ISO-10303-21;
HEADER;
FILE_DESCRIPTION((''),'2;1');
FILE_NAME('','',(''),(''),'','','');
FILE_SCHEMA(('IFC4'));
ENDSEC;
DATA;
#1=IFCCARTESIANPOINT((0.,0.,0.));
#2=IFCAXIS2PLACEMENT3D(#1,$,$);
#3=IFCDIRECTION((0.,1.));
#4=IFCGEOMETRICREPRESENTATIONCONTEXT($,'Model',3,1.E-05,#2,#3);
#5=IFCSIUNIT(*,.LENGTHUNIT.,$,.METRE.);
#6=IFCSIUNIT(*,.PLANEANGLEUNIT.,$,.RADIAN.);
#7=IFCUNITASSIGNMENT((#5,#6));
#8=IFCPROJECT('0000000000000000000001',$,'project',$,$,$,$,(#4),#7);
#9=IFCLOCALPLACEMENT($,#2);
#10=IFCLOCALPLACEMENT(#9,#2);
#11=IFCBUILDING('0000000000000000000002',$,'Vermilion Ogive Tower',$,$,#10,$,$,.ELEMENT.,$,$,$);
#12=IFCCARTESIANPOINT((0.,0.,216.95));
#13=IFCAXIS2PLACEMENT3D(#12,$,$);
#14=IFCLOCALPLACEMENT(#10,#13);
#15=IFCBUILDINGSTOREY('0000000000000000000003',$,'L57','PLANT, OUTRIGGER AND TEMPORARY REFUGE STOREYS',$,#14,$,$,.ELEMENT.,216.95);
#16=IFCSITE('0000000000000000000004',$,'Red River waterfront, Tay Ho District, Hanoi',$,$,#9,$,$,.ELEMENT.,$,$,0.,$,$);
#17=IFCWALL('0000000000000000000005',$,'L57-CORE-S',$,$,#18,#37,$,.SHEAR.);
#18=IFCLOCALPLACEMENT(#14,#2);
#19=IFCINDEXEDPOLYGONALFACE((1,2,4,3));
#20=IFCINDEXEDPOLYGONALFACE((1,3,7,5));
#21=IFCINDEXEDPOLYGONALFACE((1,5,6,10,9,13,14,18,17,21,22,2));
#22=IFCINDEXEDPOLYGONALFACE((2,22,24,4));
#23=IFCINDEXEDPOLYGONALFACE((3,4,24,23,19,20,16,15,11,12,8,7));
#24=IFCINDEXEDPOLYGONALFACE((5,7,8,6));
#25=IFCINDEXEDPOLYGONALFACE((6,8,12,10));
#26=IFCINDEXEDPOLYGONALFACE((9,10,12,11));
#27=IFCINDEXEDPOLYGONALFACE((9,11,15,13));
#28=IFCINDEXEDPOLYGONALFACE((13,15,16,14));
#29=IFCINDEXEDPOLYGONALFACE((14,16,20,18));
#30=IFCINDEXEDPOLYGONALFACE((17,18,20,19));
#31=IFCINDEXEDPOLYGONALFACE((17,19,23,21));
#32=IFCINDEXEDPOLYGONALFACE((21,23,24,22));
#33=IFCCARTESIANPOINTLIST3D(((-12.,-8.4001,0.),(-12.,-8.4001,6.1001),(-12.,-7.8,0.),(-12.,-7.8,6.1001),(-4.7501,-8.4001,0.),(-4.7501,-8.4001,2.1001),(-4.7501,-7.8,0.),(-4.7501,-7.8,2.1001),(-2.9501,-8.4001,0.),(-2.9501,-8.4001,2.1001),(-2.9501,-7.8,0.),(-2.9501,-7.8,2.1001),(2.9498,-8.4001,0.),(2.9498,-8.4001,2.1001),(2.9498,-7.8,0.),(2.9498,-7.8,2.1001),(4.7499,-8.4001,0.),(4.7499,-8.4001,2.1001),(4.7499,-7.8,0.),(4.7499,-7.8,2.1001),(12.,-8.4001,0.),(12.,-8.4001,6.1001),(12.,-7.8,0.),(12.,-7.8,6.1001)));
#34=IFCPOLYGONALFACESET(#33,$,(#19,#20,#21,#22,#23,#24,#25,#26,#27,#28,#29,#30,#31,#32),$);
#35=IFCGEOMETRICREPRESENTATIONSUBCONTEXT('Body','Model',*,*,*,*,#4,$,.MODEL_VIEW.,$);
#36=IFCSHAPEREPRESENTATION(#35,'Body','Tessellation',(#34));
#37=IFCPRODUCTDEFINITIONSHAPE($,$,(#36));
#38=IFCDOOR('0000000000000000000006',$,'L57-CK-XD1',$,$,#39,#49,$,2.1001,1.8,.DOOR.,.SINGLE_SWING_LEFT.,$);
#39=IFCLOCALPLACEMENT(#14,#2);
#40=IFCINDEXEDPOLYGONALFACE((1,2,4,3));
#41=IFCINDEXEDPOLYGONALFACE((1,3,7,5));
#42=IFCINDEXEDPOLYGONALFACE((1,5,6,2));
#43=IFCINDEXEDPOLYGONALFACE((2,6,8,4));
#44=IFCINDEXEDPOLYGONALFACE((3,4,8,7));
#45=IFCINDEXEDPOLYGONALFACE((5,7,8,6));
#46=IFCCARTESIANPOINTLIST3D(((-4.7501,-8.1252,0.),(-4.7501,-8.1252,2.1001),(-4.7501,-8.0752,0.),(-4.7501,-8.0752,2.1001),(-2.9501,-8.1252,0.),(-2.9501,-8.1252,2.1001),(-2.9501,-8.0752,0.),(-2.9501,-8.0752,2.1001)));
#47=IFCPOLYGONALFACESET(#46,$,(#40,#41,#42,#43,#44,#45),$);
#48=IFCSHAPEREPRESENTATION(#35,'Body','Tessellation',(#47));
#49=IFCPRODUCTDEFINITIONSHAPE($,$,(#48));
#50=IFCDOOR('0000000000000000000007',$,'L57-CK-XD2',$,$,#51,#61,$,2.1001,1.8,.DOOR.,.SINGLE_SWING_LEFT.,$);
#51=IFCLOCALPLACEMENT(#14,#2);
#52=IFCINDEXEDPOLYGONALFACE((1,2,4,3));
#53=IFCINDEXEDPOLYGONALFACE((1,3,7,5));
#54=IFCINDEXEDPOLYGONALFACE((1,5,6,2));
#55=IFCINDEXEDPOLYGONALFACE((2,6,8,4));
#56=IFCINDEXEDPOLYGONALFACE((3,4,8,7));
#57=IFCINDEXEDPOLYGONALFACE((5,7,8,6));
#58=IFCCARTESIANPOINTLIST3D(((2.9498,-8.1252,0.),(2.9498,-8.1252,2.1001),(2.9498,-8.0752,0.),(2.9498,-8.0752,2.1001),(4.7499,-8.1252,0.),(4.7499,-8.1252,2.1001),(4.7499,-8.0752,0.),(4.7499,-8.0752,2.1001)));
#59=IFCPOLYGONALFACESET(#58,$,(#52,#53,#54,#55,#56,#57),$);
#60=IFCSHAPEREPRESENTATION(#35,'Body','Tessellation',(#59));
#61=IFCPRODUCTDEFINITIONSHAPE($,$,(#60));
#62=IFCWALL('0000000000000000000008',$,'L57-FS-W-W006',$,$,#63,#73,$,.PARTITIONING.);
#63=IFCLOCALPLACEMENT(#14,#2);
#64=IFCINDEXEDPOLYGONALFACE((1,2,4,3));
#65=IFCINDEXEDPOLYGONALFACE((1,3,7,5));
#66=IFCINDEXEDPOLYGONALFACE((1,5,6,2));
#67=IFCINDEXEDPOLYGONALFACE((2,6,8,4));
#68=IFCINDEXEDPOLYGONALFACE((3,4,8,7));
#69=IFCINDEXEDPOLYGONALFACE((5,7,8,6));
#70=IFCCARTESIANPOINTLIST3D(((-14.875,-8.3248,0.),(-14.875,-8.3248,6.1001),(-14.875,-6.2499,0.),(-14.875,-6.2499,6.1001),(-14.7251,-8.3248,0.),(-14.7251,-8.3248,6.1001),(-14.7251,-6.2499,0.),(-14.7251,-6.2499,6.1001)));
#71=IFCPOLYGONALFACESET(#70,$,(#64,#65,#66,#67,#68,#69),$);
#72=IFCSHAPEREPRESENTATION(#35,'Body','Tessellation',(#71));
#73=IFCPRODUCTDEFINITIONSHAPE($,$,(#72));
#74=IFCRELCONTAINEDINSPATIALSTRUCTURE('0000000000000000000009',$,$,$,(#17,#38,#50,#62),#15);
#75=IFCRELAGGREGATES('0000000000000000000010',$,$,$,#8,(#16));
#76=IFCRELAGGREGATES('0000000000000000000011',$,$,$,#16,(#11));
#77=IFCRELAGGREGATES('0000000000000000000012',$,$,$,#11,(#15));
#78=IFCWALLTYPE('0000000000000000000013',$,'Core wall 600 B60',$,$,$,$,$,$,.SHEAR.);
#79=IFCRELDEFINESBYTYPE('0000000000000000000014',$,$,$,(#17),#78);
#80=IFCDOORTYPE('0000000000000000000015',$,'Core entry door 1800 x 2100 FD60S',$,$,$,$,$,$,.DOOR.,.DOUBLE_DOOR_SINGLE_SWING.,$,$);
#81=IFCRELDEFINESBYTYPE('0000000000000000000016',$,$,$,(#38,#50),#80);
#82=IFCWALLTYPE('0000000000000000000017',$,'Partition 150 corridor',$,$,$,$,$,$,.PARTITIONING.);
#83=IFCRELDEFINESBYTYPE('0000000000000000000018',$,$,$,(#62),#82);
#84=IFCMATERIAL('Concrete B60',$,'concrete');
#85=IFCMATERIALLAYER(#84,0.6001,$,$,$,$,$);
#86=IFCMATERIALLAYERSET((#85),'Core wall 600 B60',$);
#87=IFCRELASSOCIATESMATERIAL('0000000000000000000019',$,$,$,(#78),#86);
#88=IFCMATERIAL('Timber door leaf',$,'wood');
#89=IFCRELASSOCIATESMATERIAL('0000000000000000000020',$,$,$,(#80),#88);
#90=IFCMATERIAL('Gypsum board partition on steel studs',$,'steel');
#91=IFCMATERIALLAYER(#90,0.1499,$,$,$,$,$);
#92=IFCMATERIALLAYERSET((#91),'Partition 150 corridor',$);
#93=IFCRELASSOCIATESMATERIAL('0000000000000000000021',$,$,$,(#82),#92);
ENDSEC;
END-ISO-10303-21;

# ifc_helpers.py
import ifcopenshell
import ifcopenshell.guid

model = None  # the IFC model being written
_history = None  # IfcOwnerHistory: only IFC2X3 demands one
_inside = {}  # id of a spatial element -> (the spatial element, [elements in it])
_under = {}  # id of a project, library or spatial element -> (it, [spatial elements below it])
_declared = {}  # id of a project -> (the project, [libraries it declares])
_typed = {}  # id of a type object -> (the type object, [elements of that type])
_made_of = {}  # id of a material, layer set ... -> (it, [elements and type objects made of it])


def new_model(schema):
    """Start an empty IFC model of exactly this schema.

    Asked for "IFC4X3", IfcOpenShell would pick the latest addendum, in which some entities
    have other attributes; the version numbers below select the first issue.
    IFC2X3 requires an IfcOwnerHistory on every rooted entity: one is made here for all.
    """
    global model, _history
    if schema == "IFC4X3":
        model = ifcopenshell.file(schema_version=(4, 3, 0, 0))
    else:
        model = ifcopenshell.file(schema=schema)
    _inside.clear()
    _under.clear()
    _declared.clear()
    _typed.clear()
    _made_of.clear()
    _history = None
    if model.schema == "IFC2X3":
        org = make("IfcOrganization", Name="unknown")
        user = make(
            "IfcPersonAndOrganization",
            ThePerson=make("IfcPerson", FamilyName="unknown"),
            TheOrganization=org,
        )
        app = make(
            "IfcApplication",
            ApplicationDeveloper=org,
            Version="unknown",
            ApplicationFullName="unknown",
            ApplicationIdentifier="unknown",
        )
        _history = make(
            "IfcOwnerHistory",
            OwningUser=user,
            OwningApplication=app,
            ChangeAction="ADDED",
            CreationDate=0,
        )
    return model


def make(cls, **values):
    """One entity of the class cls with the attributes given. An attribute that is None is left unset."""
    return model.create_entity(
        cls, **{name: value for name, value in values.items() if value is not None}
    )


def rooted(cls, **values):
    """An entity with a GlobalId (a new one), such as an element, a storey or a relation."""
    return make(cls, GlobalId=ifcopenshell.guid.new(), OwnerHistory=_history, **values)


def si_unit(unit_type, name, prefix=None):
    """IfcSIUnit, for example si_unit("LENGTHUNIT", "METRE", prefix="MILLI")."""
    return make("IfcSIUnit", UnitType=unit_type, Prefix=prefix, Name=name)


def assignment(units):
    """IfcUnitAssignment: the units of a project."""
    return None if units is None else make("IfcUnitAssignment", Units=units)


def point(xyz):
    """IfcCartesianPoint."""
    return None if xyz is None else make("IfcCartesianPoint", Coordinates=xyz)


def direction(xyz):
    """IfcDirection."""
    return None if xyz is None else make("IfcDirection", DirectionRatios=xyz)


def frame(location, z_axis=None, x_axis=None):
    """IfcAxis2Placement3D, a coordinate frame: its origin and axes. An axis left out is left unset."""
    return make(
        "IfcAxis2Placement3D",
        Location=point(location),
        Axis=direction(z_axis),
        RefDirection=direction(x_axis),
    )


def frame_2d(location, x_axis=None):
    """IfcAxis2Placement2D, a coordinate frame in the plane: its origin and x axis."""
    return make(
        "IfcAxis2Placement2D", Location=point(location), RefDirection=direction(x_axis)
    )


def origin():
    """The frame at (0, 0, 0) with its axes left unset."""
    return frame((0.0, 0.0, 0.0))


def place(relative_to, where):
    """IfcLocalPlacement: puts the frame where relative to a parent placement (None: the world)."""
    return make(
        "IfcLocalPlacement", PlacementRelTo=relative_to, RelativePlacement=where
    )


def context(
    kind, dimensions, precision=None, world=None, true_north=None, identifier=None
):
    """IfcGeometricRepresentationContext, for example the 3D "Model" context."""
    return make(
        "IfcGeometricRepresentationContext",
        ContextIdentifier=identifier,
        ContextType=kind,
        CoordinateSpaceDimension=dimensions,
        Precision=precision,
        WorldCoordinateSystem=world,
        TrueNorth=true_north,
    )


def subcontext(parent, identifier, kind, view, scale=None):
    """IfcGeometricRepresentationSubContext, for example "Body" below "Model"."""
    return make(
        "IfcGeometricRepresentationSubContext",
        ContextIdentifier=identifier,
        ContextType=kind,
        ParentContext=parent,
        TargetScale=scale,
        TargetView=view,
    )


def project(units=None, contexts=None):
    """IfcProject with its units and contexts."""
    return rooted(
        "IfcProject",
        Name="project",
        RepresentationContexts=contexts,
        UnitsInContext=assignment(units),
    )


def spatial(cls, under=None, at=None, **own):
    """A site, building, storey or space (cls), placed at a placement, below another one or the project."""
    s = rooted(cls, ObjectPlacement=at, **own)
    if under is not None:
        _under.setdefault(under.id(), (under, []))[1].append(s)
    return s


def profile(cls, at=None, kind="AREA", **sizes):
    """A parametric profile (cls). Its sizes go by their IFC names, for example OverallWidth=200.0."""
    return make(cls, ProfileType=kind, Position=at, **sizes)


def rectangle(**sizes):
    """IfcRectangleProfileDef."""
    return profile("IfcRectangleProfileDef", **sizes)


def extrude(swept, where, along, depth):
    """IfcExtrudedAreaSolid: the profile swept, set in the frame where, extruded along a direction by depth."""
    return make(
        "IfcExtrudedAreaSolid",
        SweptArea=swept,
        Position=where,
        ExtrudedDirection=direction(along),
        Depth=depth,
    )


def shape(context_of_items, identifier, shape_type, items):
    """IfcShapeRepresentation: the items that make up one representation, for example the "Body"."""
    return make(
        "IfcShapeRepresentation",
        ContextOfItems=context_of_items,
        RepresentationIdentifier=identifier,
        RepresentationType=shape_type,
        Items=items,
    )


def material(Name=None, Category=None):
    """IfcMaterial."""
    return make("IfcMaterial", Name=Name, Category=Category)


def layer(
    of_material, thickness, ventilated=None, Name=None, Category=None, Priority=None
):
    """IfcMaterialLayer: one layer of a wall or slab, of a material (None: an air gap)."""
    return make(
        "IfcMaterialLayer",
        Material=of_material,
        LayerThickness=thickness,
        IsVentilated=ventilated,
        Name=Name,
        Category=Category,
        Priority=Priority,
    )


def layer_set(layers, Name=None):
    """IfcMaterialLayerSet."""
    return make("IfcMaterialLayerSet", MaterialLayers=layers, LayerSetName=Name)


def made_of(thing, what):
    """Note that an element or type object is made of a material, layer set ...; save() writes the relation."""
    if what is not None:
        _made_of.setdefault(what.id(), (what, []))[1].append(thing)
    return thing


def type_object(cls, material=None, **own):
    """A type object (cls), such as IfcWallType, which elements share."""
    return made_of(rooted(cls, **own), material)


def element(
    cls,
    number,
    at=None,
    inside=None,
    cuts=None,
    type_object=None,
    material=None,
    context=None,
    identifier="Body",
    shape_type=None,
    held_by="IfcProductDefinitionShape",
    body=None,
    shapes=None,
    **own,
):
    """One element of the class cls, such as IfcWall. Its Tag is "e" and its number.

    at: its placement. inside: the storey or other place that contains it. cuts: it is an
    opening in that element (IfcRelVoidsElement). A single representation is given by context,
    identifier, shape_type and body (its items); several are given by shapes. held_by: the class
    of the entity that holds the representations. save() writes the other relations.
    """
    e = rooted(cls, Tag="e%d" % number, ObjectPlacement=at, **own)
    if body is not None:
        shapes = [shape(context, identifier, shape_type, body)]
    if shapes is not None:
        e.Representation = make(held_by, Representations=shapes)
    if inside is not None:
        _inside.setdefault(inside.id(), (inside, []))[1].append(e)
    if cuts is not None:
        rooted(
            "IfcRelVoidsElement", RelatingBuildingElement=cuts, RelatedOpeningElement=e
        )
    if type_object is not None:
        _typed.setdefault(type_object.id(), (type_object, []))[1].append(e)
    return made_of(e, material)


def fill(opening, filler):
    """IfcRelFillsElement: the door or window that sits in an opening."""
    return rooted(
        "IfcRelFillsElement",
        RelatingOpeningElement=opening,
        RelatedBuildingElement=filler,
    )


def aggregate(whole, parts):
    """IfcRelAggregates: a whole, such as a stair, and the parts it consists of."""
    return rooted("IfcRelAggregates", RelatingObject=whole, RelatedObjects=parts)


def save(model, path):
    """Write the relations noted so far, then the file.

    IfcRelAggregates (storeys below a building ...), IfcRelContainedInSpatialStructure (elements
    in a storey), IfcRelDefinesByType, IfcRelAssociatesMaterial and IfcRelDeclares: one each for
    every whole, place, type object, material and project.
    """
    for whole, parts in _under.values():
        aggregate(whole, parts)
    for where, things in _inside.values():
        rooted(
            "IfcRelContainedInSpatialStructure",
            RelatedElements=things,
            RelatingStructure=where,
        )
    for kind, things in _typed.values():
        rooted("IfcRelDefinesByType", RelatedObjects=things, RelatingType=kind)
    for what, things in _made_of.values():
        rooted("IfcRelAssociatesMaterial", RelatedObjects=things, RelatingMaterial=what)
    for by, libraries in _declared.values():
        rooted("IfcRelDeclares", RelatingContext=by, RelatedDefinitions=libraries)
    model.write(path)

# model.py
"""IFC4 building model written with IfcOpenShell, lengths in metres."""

from ifc_helpers import new_model, si_unit, direction, frame, frame_2d, origin, place, context, subcontext, project, spatial, rectangle, extrude, material, layer, layer_set, type_object, element, fill, save


model = new_model("IFC4")

# Units and contexts
model_context = context("Model", 3, precision=1e-05, world=origin(), true_north=direction((0.0, 1.0)))
body_context = subcontext(model_context, "Body", "Model", "MODEL_VIEW")
ifc_project = project(units=[si_unit("LENGTHUNIT", "METRE"), si_unit("PLANEANGLEUNIT", "RADIAN")], contexts=[model_context])

# Site, building, storey
site_placement = place(None, origin())
site = spatial("IfcSite", under=ifc_project, at=site_placement, Name="Red River waterfront, Tay Ho District, Hanoi", CompositionType="ELEMENT", RefElevation=0.0)
building_placement = place(site_placement, origin())
building = spatial("IfcBuilding", under=site, at=building_placement, Name="Vermilion Ogive Tower", CompositionType="ELEMENT")
storey_placement = place(building_placement, frame((0.0, 0.0, 216.95)))
storey = spatial("IfcBuildingStorey", under=building, at=storey_placement, Name="L57", Description="PLANT, OUTRIGGER AND TEMPORARY REFUGE STOREYS", CompositionType="ELEMENT", Elevation=216.95)

# Wall, openings, doors
ifc_material_1 = material(Name="Concrete B60", Category="concrete")
ifc_layer_1 = layer(ifc_material_1, 0.6001)
ifc_layer_set_1 = layer_set([ifc_layer_1], Name="Core wall 600 B60")
wall_type_1 = type_object("IfcWallType", Name="Core wall 600 B60", PredefinedType="SHEAR", material=ifc_layer_set_1)
wall_1_placement = place(storey_placement, frame((-12.0, -8.1001, 0.0), z_axis=(0.0, 0.0, 1.0), x_axis=(1.0, 0.0, 0.0)))
wall_1 = element("IfcWall", 1, at=wall_1_placement, inside=storey, type_object=wall_type_1, Name="L57-CORE-S", PredefinedType="SHEAR", context=body_context, shape_type="SweptSolid", body=[
    extrude(rectangle(XDim=24.0, YDim=0.6001, at=frame_2d((12.0, 0.0))), origin(), (0.0, 0.0, 1.0), 6.1001),
])
opening_1_placement = place(wall_1_placement, frame((7.25, 0.0, 0.0)))
opening_1 = element("IfcOpeningElement", 2, at=opening_1_placement, cuts=wall_1, PredefinedType="OPENING", context=body_context, shape_type="SweptSolid", body=[
    extrude(rectangle(XDim=1.8, YDim=2.1001, at=frame_2d((0.8999, 1.05))), frame((0.0, 0.3101, 0.0), z_axis=(0.0, -1.0, 0.0), x_axis=(1.0, 0.0, 0.0)), (0.0, 0.0, 1.0), 0.6201),
])
opening_2_placement = place(wall_1_placement, frame((14.95, 0.0, 0.0)))
opening_2 = element("IfcOpeningElement", 3, at=opening_2_placement, cuts=wall_1, PredefinedType="OPENING", context=body_context, shape_type="SweptSolid", body=[
    extrude(rectangle(XDim=1.8, YDim=2.1001, at=frame_2d((0.8999, 1.05))), frame((0.0, 0.3101, 0.0), z_axis=(0.0, -1.0, 0.0), x_axis=(1.0, 0.0, 0.0)), (0.0, 0.0, 1.0), 0.6201),
])
ifc_material_2 = material(Name="Timber door leaf", Category="wood")
door_type_1 = type_object("IfcDoorType", Name="Core entry door 1800 x 2100 FD60S", OperationType="DOUBLE_DOOR_SINGLE_SWING", PredefinedType="DOOR", material=ifc_material_2)
door_1_placement = place(opening_1_placement, origin())
door_1 = element("IfcDoor", 4, at=door_1_placement, inside=storey, type_object=door_type_1, Name="L57-CK-XD1", OperationType="SINGLE_SWING_LEFT", OverallHeight=2.1001, OverallWidth=1.8, PredefinedType="DOOR", context=body_context, shape_type="SweptSolid", body=[
    extrude(rectangle(XDim=1.8, YDim=2.1001, at=frame_2d((0.8999, 1.05))), frame((0.0, 0.0249, 0.0), z_axis=(0.0, -1.0, 0.0), x_axis=(1.0, 0.0, 0.0)), (0.0, 0.0, 1.0), 0.05),
])
fill(opening_1, door_1)
door_2_placement = place(opening_2_placement, origin())
door_2 = element("IfcDoor", 5, at=door_2_placement, inside=storey, type_object=door_type_1, Name="L57-CK-XD2", OperationType="SINGLE_SWING_LEFT", OverallHeight=2.1001, OverallWidth=1.8, PredefinedType="DOOR", context=body_context, shape_type="SweptSolid", body=[
    extrude(rectangle(XDim=1.8, YDim=2.1001, at=frame_2d((0.8999, 1.05))), frame((0.0, 0.0249, 0.0), z_axis=(0.0, -1.0, 0.0), x_axis=(1.0, 0.0, 0.0)), (0.0, 0.0, 1.0), 0.05),
])
fill(opening_2, door_2)

# Wall
ifc_material_3 = material(Name="Gypsum board partition on steel studs", Category="steel")
ifc_layer_2 = layer(ifc_material_3, 0.1499)
ifc_layer_set_2 = layer_set([ifc_layer_2], Name="Partition 150 corridor")
wall_type_2 = type_object("IfcWallType", Name="Partition 150 corridor", PredefinedType="PARTITIONING", material=ifc_layer_set_2)
wall_2_placement = place(storey_placement, frame((-14.8, -8.325, 0.0), z_axis=(0.0, 0.0, 1.0), x_axis=(0.0, 1.0, 0.0)))
element("IfcWall", 6, at=wall_2_placement, inside=storey, type_object=wall_type_2, Name="L57-FS-W-W006", PredefinedType="PARTITIONING", context=body_context, shape_type="SweptSolid", body=[
    extrude(rectangle(XDim=2.075, YDim=0.1499, at=frame_2d((1.0376, 0.0))), origin(), (0.0, 0.0, 1.0), 6.1001),
])

save(model, "model.ifc")
